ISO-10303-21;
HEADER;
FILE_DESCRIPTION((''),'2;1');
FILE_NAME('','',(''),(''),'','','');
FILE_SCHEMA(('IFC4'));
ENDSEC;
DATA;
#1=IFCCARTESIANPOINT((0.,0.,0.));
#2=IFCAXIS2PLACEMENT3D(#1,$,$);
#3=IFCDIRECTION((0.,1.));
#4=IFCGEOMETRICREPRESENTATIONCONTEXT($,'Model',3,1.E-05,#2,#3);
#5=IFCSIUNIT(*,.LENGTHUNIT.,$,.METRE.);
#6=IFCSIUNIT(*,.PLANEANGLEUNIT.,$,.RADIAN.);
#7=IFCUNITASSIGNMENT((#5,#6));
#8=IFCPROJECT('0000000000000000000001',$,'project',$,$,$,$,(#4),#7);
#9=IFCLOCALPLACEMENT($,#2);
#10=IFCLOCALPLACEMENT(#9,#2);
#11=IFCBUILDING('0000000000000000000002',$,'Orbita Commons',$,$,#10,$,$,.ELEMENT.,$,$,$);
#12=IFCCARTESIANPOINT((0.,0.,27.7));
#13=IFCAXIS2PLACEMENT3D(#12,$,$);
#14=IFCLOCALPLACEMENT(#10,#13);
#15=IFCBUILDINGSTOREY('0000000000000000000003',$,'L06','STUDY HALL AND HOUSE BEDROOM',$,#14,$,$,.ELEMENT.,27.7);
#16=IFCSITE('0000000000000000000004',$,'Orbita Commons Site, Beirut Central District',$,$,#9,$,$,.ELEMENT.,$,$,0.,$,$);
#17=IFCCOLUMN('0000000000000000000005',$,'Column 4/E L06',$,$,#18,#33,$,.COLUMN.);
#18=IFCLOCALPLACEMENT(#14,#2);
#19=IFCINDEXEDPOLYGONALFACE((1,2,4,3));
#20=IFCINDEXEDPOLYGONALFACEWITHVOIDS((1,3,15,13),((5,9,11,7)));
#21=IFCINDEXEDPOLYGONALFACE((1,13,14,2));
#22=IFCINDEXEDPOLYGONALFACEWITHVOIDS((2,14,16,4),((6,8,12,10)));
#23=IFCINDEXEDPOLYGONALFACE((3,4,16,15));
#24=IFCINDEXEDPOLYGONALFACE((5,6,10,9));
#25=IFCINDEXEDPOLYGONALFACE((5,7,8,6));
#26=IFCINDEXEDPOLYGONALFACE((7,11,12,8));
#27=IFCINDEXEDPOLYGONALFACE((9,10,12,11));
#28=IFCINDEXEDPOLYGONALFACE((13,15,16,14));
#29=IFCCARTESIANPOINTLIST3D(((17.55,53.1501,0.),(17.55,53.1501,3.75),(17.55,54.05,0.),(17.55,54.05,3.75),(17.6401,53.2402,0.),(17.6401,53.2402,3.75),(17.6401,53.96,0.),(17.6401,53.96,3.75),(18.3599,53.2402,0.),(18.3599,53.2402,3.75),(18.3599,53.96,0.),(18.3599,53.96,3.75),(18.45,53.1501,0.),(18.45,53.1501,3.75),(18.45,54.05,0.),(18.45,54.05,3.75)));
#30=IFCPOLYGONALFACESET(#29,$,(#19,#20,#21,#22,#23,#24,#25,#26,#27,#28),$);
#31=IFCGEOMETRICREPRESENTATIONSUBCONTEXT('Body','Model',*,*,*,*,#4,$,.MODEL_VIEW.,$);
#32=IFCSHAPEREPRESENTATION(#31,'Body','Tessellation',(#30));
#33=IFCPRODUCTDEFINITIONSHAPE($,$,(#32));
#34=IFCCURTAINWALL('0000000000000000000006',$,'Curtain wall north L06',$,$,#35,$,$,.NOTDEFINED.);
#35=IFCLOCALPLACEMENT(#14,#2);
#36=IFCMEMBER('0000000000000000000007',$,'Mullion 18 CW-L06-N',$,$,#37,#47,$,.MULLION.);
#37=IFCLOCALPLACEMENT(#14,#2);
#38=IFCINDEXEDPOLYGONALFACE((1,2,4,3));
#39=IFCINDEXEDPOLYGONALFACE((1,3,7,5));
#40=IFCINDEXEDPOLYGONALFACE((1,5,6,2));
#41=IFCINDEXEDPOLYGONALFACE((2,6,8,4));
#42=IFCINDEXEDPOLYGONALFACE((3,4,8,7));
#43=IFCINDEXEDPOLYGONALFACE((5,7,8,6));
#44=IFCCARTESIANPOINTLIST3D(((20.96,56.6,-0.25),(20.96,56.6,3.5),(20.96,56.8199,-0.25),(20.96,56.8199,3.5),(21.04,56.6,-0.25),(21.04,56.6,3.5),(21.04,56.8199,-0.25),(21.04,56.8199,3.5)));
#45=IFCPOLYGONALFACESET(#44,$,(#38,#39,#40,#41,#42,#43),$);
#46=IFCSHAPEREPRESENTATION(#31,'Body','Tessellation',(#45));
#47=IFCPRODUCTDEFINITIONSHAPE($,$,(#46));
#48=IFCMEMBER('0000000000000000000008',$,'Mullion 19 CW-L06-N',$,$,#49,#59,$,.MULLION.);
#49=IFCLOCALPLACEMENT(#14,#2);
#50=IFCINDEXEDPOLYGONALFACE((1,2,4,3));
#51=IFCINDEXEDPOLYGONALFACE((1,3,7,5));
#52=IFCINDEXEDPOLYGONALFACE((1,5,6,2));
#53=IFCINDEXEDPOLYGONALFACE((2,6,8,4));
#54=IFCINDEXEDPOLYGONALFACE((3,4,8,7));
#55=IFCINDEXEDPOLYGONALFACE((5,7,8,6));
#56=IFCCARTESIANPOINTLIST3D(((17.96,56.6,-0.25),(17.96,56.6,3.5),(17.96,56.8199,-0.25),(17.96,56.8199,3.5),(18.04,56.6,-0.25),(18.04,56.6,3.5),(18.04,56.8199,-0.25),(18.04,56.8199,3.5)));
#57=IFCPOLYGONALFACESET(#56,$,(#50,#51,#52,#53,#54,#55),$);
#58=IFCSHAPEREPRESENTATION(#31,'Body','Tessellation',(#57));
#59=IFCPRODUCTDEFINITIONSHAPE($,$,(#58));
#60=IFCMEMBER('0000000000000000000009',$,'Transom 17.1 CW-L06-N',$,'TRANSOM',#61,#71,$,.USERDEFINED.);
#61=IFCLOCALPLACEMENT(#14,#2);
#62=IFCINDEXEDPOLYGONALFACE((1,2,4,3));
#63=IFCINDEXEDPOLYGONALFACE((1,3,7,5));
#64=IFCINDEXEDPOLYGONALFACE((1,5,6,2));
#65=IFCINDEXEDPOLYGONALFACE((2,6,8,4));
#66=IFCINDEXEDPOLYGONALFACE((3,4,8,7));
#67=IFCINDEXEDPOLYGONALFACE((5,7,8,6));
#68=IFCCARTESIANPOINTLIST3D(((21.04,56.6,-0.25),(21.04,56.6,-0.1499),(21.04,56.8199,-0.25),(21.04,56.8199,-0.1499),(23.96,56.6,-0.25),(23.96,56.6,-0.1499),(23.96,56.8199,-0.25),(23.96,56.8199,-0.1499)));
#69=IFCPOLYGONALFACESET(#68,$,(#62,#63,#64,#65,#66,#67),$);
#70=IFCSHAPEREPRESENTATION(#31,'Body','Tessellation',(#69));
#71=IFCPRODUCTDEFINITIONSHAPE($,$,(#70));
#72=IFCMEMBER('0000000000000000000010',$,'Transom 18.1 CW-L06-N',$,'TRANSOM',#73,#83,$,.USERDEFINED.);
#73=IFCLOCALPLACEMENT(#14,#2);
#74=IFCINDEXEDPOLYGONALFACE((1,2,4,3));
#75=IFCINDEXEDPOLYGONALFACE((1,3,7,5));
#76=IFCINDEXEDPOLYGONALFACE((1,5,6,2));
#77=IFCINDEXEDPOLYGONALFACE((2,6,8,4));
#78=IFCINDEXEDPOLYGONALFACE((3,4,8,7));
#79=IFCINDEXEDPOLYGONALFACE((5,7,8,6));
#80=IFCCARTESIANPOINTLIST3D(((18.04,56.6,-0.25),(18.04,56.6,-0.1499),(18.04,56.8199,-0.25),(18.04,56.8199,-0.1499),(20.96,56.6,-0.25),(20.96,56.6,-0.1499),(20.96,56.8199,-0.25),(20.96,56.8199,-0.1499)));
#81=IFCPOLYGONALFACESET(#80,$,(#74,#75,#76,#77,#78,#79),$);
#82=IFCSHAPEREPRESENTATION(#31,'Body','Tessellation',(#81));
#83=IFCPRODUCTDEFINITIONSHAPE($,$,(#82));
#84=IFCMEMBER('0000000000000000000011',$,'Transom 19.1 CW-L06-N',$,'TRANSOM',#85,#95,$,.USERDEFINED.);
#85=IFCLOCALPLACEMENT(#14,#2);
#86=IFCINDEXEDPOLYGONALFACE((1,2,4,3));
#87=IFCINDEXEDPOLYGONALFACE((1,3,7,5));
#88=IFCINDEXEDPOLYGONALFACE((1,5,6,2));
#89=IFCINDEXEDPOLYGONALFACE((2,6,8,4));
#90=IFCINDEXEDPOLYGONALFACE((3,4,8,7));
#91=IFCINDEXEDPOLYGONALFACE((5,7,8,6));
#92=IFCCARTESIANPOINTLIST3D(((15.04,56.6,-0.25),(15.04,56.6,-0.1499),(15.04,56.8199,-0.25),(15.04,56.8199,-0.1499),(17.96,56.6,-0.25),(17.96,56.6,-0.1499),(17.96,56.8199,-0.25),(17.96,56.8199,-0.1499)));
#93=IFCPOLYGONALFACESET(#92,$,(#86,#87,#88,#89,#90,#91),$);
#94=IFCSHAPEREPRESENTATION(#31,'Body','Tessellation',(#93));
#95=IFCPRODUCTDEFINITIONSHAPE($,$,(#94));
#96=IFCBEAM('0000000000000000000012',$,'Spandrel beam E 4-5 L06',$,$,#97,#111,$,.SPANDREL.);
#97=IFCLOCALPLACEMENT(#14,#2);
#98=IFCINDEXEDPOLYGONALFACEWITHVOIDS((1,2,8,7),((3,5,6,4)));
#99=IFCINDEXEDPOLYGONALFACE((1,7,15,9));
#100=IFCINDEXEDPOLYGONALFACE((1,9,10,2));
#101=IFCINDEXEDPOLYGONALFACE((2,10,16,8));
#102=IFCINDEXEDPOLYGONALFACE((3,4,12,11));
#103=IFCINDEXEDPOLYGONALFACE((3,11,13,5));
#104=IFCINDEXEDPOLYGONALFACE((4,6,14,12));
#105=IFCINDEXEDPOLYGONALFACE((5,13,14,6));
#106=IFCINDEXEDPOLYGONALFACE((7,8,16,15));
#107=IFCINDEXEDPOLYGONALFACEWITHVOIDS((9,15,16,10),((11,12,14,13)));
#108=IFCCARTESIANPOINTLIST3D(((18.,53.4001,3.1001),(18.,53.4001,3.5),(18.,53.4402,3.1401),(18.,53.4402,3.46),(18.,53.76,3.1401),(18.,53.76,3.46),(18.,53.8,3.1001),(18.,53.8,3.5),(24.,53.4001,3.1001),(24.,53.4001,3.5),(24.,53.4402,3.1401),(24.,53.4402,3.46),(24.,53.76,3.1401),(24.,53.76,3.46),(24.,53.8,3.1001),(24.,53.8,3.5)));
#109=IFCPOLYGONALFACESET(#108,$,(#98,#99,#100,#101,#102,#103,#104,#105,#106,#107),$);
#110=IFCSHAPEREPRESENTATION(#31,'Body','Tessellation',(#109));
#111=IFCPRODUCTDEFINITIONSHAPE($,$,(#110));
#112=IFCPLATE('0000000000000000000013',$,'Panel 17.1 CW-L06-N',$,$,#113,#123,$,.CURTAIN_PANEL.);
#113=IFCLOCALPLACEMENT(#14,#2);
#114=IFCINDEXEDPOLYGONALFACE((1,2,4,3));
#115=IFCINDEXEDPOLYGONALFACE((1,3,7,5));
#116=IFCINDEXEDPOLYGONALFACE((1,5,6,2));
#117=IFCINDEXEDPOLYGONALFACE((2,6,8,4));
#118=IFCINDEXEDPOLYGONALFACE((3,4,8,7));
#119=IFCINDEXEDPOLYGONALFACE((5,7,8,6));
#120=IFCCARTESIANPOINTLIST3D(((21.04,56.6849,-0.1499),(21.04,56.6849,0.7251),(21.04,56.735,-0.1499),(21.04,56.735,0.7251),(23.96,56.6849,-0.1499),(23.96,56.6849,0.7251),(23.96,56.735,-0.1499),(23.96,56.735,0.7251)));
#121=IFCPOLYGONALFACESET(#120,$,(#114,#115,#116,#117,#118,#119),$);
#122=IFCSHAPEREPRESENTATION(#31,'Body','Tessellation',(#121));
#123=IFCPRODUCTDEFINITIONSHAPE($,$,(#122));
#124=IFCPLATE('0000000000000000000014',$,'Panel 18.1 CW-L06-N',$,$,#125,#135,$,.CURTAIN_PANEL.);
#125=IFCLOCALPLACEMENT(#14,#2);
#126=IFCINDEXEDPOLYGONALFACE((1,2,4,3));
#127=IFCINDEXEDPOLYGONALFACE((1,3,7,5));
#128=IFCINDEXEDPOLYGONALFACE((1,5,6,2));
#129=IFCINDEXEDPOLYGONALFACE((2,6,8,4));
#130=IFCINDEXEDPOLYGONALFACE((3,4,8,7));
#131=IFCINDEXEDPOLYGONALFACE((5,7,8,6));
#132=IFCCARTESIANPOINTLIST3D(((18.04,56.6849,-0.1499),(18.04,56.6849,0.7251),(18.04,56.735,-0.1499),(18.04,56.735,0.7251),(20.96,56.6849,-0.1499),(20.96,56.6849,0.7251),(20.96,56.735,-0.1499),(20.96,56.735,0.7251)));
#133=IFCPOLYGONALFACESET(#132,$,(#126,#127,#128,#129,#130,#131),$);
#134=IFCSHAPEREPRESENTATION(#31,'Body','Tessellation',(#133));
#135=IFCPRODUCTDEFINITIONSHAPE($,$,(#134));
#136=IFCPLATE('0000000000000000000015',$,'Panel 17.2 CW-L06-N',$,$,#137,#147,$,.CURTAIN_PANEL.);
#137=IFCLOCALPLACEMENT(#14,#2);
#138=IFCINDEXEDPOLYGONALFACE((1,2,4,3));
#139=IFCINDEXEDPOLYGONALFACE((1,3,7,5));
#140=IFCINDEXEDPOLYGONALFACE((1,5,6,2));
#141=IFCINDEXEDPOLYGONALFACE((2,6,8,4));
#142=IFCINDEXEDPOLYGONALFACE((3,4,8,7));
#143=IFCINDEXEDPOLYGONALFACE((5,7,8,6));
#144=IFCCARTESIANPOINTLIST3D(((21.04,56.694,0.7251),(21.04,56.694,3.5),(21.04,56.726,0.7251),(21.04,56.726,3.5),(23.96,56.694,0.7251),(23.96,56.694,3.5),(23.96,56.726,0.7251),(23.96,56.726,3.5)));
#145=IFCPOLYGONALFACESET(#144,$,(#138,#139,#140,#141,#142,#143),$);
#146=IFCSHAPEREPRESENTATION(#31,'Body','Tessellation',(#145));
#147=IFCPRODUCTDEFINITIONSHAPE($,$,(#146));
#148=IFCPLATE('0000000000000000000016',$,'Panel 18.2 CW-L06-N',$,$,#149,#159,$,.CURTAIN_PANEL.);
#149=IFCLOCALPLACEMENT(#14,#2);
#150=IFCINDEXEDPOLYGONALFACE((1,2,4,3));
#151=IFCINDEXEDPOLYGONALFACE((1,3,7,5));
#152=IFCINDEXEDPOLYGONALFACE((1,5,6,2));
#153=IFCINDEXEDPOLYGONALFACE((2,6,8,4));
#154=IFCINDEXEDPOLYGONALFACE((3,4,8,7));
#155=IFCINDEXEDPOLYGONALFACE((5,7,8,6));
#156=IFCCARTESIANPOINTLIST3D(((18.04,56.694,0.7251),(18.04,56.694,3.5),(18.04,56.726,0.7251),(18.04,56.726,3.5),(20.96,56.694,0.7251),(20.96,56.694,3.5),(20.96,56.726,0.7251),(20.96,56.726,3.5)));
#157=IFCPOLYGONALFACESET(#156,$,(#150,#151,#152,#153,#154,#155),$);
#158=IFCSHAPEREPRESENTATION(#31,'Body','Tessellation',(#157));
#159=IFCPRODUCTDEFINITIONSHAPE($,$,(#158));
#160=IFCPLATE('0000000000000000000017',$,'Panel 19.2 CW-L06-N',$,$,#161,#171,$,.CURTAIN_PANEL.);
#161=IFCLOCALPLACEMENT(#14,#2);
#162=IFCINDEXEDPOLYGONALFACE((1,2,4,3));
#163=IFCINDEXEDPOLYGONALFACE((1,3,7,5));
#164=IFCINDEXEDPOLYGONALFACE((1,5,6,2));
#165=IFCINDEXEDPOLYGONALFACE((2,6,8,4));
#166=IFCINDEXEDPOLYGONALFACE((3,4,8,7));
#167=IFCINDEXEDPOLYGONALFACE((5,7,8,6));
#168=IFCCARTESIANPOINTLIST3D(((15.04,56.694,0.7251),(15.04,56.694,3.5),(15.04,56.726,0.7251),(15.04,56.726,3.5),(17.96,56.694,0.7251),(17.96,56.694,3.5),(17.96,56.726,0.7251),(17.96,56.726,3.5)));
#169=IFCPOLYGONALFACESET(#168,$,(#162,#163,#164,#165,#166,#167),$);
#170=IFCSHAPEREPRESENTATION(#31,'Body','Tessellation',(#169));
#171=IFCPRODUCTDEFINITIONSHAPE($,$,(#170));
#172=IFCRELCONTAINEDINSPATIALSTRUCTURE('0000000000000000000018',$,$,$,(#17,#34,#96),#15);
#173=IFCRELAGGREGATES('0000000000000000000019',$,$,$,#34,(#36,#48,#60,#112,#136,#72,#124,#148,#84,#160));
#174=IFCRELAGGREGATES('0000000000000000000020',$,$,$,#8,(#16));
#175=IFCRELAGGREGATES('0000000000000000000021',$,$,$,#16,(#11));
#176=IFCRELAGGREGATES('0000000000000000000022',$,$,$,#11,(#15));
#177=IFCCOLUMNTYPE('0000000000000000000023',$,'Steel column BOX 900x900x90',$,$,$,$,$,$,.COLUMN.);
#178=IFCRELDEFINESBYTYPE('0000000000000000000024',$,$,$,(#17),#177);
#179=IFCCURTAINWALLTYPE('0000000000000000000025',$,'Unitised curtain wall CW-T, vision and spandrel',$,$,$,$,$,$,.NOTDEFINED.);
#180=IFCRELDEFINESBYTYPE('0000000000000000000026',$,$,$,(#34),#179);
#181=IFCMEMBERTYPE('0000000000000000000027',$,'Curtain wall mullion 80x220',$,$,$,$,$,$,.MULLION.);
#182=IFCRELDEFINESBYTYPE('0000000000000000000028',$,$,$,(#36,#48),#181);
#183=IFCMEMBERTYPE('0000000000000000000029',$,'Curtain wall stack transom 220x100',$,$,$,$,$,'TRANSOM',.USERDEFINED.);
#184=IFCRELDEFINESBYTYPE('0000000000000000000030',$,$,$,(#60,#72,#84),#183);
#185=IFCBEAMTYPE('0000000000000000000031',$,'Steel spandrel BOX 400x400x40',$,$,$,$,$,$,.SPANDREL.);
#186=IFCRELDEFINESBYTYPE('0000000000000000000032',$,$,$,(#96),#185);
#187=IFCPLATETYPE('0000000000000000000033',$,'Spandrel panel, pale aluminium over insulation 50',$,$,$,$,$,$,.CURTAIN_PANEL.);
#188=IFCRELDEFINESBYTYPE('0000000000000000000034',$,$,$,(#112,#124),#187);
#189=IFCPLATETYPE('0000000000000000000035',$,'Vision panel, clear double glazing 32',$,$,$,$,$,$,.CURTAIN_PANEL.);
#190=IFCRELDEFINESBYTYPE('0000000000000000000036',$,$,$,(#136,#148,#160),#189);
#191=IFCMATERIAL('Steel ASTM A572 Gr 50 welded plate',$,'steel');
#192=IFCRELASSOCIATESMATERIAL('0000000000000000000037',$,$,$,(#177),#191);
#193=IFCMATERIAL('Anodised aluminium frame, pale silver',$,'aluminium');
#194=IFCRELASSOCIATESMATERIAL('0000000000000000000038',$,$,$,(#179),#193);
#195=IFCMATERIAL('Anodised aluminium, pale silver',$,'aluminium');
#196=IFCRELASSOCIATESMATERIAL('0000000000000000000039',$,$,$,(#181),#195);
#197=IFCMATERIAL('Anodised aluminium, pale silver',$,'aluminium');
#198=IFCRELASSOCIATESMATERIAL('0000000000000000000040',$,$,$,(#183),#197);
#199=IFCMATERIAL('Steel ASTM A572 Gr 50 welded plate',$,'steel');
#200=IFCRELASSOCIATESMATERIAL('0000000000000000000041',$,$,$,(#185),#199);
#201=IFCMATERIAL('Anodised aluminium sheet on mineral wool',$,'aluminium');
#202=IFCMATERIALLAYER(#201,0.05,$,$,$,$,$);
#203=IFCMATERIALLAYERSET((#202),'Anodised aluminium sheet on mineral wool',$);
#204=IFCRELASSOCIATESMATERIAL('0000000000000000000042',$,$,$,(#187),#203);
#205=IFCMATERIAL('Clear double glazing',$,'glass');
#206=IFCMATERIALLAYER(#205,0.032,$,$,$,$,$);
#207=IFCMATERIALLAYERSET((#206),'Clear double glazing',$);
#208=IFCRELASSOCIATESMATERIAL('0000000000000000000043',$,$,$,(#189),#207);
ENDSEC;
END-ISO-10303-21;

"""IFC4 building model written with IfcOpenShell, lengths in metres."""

from ifc_helpers import new_model, si_unit, direction, frame, origin, origin_2d, place, context, subcontext, project, spatial, rectangle, hollow_rectangle, extrude, material, layer, layer_set, material_profile, profile_set, type_object, element, aggregate, save


model = new_model("IFC4")

# Units and contexts
model_context = context("Model", 3, precision=1e-05, world=origin(), true_north=direction((0.0, 1.0)))
body_context = subcontext(model_context, "Body", "Model", "MODEL_VIEW")
ifc_project = project(units=[si_unit("LENGTHUNIT", "METRE"), si_unit("PLANEANGLEUNIT", "RADIAN")], contexts=[model_context])

# Site, building, storey
site_placement = place(None, origin())
site = spatial("IfcSite", under=ifc_project, at=site_placement, Name="Orbita Commons Site, Beirut Central District", CompositionType="ELEMENT", RefElevation=0.0)
building_placement = place(site_placement, origin())
building = spatial("IfcBuilding", under=site, at=building_placement, Name="Orbita Commons", CompositionType="ELEMENT")
storey_placement = place(building_placement, frame((0.0, 0.0, 27.7)))
storey = spatial("IfcBuildingStorey", under=building, at=storey_placement, Name="L06", Description="STUDY HALL AND HOUSE BEDROOM", CompositionType="ELEMENT", Elevation=27.7)

# Column
ifc_material_1 = material(Name="Steel ASTM A572 Gr 50 welded plate", Category="steel")
ifc_material_profile_1 = material_profile(ifc_material_1, hollow_rectangle(XDim=0.8999, YDim=0.8999, WallThickness=0.0901, at=origin_2d()), Name="BOX 900x900x90")
ifc_profile_set_1 = profile_set([ifc_material_profile_1], Name="Steel ASTM A572 Gr 50 welded plate")
column_type = type_object("IfcColumnType", Name="Steel column BOX 900x900x90", PredefinedType="COLUMN", material=ifc_profile_set_1)
column_placement = place(storey_placement, frame((18.0, 53.6001, 0.0), z_axis=(0.0, 0.0, 1.0), x_axis=(1.0, 0.0, 0.0)))
element("IfcColumn", 1, at=column_placement, inside=storey, type_object=column_type, Name="Column 4/E L06", PredefinedType="COLUMN", context=body_context, shape_type="SweptSolid", body=[
    extrude(hollow_rectangle(XDim=0.8999, YDim=0.8999, WallThickness=0.0901, at=origin_2d()), origin(), (0.0, 0.0, 1.0), 3.75),
])

# Curtain wall, members
ifc_material_2 = material(Name="Anodised aluminium frame, pale silver", Category="aluminium")
curtain_wall_type = type_object("IfcCurtainWallType", Name="Unitised curtain wall CW-T, vision and spandrel", PredefinedType="NOTDEFINED", material=ifc_material_2)
curtain_wall_placement = place(storey_placement, origin())
curtain_wall = element("IfcCurtainWall", 2, at=curtain_wall_placement, inside=storey, type_object=curtain_wall_type, Name="Curtain wall north L06", PredefinedType="NOTDEFINED")
ifc_material_3 = material(Name="Anodised aluminium, pale silver", Category="aluminium")
ifc_material_profile_2 = material_profile(ifc_material_3, rectangle(XDim=0.0801, YDim=0.22, at=origin_2d()), Name="AL 80x220")
ifc_profile_set_2 = profile_set([ifc_material_profile_2], Name="Anodised aluminium, pale silver")
member_type_1 = type_object("IfcMemberType", Name="Curtain wall mullion 80x220", PredefinedType="MULLION", material=ifc_profile_set_2)
member_1_placement = place(storey_placement, frame((21.0, 56.71, -0.25), z_axis=(0.0, 0.0, 1.0), x_axis=(-1.0, 0.0, 0.0)))
member_1 = element("IfcMember", 3, at=member_1_placement, type_object=member_type_1, Name="Mullion 18 CW-L06-N", PredefinedType="MULLION", context=body_context, shape_type="SweptSolid", body=[
    extrude(rectangle(XDim=0.0801, YDim=0.22, at=origin_2d()), origin(), (0.0, 0.0, 1.0), 3.75),
])
member_2_placement = place(storey_placement, frame((18.0, 56.71, -0.25), z_axis=(0.0, 0.0, 1.0), x_axis=(-1.0, 0.0, 0.0)))
member_2 = element("IfcMember", 4, at=member_2_placement, type_object=member_type_1, Name="Mullion 19 CW-L06-N", PredefinedType="MULLION", context=body_context, shape_type="SweptSolid", body=[
    extrude(rectangle(XDim=0.0801, YDim=0.22, at=origin_2d()), origin(), (0.0, 0.0, 1.0), 3.75),
])
ifc_material_4 = material(Name="Anodised aluminium, pale silver", Category="aluminium")
ifc_material_profile_3 = material_profile(ifc_material_4, rectangle(XDim=0.22, YDim=0.1001, at=origin_2d()), Name="AL 220x100")
ifc_profile_set_3 = profile_set([ifc_material_profile_3], Name="Anodised aluminium, pale silver")
member_type_2 = type_object("IfcMemberType", Name="Curtain wall stack transom 220x100", ElementType="TRANSOM", PredefinedType="USERDEFINED", material=ifc_profile_set_3)
member_3_placement = place(storey_placement, frame((23.96, 56.71, -0.2), z_axis=(-1.0, 0.0, 0.0), x_axis=(0.0, -1.0, 0.0)))
member_3 = element("IfcMember", 5, at=member_3_placement, type_object=member_type_2, Name="Transom 17.1 CW-L06-N", ObjectType="TRANSOM", PredefinedType="USERDEFINED", context=body_context, shape_type="SweptSolid", body=[
    extrude(rectangle(XDim=0.22, YDim=0.1001, at=origin_2d()), origin(), (0.0, 0.0, 1.0), 2.9199),
])
member_4_placement = place(storey_placement, frame((20.96, 56.71, -0.2), z_axis=(-1.0, 0.0, 0.0), x_axis=(0.0, -1.0, 0.0)))
member_4 = element("IfcMember", 6, at=member_4_placement, type_object=member_type_2, Name="Transom 18.1 CW-L06-N", ObjectType="TRANSOM", PredefinedType="USERDEFINED", context=body_context, shape_type="SweptSolid", body=[
    extrude(rectangle(XDim=0.22, YDim=0.1001, at=origin_2d()), origin(), (0.0, 0.0, 1.0), 2.9199),
])
member_5_placement = place(storey_placement, frame((17.96, 56.71, -0.2), z_axis=(-1.0, 0.0, 0.0), x_axis=(0.0, -1.0, 0.0)))
member_5 = element("IfcMember", 7, at=member_5_placement, type_object=member_type_2, Name="Transom 19.1 CW-L06-N", ObjectType="TRANSOM", PredefinedType="USERDEFINED", context=body_context, shape_type="SweptSolid", body=[
    extrude(rectangle(XDim=0.22, YDim=0.1001, at=origin_2d()), origin(), (0.0, 0.0, 1.0), 2.9199),
])

# Beam
ifc_material_5 = material(Name="Steel ASTM A572 Gr 50 welded plate", Category="steel")
ifc_material_profile_4 = material_profile(ifc_material_5, hollow_rectangle(XDim=0.3999, YDim=0.3999, WallThickness=0.04, at=origin_2d()), Name="BOX 400x400x40")
ifc_profile_set_4 = profile_set([ifc_material_profile_4], Name="Steel ASTM A572 Gr 50 welded plate")
beam_type = type_object("IfcBeamType", Name="Steel spandrel BOX 400x400x40", PredefinedType="SPANDREL", material=ifc_profile_set_4)
beam_placement = place(storey_placement, frame((18.0, 53.6001, 3.3), z_axis=(1.0, 0.0, 0.0), x_axis=(0.0, 1.0, 0.0)))
element("IfcBeam", 8, at=beam_placement, inside=storey, type_object=beam_type, Name="Spandrel beam E 4-5 L06", PredefinedType="SPANDREL", context=body_context, shape_type="SweptSolid", body=[
    extrude(hollow_rectangle(XDim=0.3999, YDim=0.3999, WallThickness=0.04, at=origin_2d()), origin(), (0.0, 0.0, 1.0), 6.0),
])

# Plates
ifc_material_6 = material(Name="Anodised aluminium sheet on mineral wool", Category="aluminium")
ifc_layer_1 = layer(ifc_material_6, 0.05)
ifc_layer_set_1 = layer_set([ifc_layer_1], Name="Anodised aluminium sheet on mineral wool")
plate_type_1 = type_object("IfcPlateType", Name="Spandrel panel, pale aluminium over insulation 50", PredefinedType="CURTAIN_PANEL", material=ifc_layer_set_1)
plate_1_placement = place(storey_placement, frame((22.5, 56.71, -0.1499), z_axis=(0.0, 0.0, 1.0), x_axis=(-1.0, 0.0, 0.0)))
plate_1 = element("IfcPlate", 9, at=plate_1_placement, type_object=plate_type_1, Name="Panel 17.1 CW-L06-N", PredefinedType="CURTAIN_PANEL", context=body_context, shape_type="SweptSolid", body=[
    extrude(rectangle(XDim=2.9199, YDim=0.05, at=origin_2d()), origin(), (0.0, 0.0, 1.0), 0.875),
])
plate_2_placement = place(storey_placement, frame((19.5, 56.71, -0.1499), z_axis=(0.0, 0.0, 1.0), x_axis=(-1.0, 0.0, 0.0)))
plate_2 = element("IfcPlate", 10, at=plate_2_placement, type_object=plate_type_1, Name="Panel 18.1 CW-L06-N", PredefinedType="CURTAIN_PANEL", context=body_context, shape_type="SweptSolid", body=[
    extrude(rectangle(XDim=2.9199, YDim=0.05, at=origin_2d()), origin(), (0.0, 0.0, 1.0), 0.875),
])
ifc_material_7 = material(Name="Clear double glazing", Category="glass")
ifc_layer_2 = layer(ifc_material_7, 0.032)
ifc_layer_set_2 = layer_set([ifc_layer_2], Name="Clear double glazing")
plate_type_2 = type_object("IfcPlateType", Name="Vision panel, clear double glazing 32", PredefinedType="CURTAIN_PANEL", material=ifc_layer_set_2)
plate_3_placement = place(storey_placement, frame((22.5, 56.71, 0.7251), z_axis=(0.0, 0.0, 1.0), x_axis=(-1.0, 0.0, 0.0)))
plate_3 = element("IfcPlate", 11, at=plate_3_placement, type_object=plate_type_2, Name="Panel 17.2 CW-L06-N", PredefinedType="CURTAIN_PANEL", context=body_context, shape_type="SweptSolid", body=[
    extrude(rectangle(XDim=2.9199, YDim=0.032, at=origin_2d()), origin(), (0.0, 0.0, 1.0), 2.7749),
])
plate_4_placement = place(storey_placement, frame((19.5, 56.71, 0.7251), z_axis=(0.0, 0.0, 1.0), x_axis=(-1.0, 0.0, 0.0)))
plate_4 = element("IfcPlate", 12, at=plate_4_placement, type_object=plate_type_2, Name="Panel 18.2 CW-L06-N", PredefinedType="CURTAIN_PANEL", context=body_context, shape_type="SweptSolid", body=[
    extrude(rectangle(XDim=2.9199, YDim=0.032, at=origin_2d()), origin(), (0.0, 0.0, 1.0), 2.7749),
])
plate_5_placement = place(storey_placement, frame((16.5, 56.71, 0.7251), z_axis=(0.0, 0.0, 1.0), x_axis=(-1.0, 0.0, 0.0)))
plate_5 = element("IfcPlate", 13, at=plate_5_placement, type_object=plate_type_2, Name="Panel 19.2 CW-L06-N", PredefinedType="CURTAIN_PANEL", context=body_context, shape_type="SweptSolid", body=[
    extrude(rectangle(XDim=2.9199, YDim=0.032, at=origin_2d()), origin(), (0.0, 0.0, 1.0), 2.7749),
])
aggregate(curtain_wall, [member_1, member_2, member_3, plate_1, plate_3, member_4, plate_2, plate_4, member_5, plate_5])

save(model, "model.ifc")
